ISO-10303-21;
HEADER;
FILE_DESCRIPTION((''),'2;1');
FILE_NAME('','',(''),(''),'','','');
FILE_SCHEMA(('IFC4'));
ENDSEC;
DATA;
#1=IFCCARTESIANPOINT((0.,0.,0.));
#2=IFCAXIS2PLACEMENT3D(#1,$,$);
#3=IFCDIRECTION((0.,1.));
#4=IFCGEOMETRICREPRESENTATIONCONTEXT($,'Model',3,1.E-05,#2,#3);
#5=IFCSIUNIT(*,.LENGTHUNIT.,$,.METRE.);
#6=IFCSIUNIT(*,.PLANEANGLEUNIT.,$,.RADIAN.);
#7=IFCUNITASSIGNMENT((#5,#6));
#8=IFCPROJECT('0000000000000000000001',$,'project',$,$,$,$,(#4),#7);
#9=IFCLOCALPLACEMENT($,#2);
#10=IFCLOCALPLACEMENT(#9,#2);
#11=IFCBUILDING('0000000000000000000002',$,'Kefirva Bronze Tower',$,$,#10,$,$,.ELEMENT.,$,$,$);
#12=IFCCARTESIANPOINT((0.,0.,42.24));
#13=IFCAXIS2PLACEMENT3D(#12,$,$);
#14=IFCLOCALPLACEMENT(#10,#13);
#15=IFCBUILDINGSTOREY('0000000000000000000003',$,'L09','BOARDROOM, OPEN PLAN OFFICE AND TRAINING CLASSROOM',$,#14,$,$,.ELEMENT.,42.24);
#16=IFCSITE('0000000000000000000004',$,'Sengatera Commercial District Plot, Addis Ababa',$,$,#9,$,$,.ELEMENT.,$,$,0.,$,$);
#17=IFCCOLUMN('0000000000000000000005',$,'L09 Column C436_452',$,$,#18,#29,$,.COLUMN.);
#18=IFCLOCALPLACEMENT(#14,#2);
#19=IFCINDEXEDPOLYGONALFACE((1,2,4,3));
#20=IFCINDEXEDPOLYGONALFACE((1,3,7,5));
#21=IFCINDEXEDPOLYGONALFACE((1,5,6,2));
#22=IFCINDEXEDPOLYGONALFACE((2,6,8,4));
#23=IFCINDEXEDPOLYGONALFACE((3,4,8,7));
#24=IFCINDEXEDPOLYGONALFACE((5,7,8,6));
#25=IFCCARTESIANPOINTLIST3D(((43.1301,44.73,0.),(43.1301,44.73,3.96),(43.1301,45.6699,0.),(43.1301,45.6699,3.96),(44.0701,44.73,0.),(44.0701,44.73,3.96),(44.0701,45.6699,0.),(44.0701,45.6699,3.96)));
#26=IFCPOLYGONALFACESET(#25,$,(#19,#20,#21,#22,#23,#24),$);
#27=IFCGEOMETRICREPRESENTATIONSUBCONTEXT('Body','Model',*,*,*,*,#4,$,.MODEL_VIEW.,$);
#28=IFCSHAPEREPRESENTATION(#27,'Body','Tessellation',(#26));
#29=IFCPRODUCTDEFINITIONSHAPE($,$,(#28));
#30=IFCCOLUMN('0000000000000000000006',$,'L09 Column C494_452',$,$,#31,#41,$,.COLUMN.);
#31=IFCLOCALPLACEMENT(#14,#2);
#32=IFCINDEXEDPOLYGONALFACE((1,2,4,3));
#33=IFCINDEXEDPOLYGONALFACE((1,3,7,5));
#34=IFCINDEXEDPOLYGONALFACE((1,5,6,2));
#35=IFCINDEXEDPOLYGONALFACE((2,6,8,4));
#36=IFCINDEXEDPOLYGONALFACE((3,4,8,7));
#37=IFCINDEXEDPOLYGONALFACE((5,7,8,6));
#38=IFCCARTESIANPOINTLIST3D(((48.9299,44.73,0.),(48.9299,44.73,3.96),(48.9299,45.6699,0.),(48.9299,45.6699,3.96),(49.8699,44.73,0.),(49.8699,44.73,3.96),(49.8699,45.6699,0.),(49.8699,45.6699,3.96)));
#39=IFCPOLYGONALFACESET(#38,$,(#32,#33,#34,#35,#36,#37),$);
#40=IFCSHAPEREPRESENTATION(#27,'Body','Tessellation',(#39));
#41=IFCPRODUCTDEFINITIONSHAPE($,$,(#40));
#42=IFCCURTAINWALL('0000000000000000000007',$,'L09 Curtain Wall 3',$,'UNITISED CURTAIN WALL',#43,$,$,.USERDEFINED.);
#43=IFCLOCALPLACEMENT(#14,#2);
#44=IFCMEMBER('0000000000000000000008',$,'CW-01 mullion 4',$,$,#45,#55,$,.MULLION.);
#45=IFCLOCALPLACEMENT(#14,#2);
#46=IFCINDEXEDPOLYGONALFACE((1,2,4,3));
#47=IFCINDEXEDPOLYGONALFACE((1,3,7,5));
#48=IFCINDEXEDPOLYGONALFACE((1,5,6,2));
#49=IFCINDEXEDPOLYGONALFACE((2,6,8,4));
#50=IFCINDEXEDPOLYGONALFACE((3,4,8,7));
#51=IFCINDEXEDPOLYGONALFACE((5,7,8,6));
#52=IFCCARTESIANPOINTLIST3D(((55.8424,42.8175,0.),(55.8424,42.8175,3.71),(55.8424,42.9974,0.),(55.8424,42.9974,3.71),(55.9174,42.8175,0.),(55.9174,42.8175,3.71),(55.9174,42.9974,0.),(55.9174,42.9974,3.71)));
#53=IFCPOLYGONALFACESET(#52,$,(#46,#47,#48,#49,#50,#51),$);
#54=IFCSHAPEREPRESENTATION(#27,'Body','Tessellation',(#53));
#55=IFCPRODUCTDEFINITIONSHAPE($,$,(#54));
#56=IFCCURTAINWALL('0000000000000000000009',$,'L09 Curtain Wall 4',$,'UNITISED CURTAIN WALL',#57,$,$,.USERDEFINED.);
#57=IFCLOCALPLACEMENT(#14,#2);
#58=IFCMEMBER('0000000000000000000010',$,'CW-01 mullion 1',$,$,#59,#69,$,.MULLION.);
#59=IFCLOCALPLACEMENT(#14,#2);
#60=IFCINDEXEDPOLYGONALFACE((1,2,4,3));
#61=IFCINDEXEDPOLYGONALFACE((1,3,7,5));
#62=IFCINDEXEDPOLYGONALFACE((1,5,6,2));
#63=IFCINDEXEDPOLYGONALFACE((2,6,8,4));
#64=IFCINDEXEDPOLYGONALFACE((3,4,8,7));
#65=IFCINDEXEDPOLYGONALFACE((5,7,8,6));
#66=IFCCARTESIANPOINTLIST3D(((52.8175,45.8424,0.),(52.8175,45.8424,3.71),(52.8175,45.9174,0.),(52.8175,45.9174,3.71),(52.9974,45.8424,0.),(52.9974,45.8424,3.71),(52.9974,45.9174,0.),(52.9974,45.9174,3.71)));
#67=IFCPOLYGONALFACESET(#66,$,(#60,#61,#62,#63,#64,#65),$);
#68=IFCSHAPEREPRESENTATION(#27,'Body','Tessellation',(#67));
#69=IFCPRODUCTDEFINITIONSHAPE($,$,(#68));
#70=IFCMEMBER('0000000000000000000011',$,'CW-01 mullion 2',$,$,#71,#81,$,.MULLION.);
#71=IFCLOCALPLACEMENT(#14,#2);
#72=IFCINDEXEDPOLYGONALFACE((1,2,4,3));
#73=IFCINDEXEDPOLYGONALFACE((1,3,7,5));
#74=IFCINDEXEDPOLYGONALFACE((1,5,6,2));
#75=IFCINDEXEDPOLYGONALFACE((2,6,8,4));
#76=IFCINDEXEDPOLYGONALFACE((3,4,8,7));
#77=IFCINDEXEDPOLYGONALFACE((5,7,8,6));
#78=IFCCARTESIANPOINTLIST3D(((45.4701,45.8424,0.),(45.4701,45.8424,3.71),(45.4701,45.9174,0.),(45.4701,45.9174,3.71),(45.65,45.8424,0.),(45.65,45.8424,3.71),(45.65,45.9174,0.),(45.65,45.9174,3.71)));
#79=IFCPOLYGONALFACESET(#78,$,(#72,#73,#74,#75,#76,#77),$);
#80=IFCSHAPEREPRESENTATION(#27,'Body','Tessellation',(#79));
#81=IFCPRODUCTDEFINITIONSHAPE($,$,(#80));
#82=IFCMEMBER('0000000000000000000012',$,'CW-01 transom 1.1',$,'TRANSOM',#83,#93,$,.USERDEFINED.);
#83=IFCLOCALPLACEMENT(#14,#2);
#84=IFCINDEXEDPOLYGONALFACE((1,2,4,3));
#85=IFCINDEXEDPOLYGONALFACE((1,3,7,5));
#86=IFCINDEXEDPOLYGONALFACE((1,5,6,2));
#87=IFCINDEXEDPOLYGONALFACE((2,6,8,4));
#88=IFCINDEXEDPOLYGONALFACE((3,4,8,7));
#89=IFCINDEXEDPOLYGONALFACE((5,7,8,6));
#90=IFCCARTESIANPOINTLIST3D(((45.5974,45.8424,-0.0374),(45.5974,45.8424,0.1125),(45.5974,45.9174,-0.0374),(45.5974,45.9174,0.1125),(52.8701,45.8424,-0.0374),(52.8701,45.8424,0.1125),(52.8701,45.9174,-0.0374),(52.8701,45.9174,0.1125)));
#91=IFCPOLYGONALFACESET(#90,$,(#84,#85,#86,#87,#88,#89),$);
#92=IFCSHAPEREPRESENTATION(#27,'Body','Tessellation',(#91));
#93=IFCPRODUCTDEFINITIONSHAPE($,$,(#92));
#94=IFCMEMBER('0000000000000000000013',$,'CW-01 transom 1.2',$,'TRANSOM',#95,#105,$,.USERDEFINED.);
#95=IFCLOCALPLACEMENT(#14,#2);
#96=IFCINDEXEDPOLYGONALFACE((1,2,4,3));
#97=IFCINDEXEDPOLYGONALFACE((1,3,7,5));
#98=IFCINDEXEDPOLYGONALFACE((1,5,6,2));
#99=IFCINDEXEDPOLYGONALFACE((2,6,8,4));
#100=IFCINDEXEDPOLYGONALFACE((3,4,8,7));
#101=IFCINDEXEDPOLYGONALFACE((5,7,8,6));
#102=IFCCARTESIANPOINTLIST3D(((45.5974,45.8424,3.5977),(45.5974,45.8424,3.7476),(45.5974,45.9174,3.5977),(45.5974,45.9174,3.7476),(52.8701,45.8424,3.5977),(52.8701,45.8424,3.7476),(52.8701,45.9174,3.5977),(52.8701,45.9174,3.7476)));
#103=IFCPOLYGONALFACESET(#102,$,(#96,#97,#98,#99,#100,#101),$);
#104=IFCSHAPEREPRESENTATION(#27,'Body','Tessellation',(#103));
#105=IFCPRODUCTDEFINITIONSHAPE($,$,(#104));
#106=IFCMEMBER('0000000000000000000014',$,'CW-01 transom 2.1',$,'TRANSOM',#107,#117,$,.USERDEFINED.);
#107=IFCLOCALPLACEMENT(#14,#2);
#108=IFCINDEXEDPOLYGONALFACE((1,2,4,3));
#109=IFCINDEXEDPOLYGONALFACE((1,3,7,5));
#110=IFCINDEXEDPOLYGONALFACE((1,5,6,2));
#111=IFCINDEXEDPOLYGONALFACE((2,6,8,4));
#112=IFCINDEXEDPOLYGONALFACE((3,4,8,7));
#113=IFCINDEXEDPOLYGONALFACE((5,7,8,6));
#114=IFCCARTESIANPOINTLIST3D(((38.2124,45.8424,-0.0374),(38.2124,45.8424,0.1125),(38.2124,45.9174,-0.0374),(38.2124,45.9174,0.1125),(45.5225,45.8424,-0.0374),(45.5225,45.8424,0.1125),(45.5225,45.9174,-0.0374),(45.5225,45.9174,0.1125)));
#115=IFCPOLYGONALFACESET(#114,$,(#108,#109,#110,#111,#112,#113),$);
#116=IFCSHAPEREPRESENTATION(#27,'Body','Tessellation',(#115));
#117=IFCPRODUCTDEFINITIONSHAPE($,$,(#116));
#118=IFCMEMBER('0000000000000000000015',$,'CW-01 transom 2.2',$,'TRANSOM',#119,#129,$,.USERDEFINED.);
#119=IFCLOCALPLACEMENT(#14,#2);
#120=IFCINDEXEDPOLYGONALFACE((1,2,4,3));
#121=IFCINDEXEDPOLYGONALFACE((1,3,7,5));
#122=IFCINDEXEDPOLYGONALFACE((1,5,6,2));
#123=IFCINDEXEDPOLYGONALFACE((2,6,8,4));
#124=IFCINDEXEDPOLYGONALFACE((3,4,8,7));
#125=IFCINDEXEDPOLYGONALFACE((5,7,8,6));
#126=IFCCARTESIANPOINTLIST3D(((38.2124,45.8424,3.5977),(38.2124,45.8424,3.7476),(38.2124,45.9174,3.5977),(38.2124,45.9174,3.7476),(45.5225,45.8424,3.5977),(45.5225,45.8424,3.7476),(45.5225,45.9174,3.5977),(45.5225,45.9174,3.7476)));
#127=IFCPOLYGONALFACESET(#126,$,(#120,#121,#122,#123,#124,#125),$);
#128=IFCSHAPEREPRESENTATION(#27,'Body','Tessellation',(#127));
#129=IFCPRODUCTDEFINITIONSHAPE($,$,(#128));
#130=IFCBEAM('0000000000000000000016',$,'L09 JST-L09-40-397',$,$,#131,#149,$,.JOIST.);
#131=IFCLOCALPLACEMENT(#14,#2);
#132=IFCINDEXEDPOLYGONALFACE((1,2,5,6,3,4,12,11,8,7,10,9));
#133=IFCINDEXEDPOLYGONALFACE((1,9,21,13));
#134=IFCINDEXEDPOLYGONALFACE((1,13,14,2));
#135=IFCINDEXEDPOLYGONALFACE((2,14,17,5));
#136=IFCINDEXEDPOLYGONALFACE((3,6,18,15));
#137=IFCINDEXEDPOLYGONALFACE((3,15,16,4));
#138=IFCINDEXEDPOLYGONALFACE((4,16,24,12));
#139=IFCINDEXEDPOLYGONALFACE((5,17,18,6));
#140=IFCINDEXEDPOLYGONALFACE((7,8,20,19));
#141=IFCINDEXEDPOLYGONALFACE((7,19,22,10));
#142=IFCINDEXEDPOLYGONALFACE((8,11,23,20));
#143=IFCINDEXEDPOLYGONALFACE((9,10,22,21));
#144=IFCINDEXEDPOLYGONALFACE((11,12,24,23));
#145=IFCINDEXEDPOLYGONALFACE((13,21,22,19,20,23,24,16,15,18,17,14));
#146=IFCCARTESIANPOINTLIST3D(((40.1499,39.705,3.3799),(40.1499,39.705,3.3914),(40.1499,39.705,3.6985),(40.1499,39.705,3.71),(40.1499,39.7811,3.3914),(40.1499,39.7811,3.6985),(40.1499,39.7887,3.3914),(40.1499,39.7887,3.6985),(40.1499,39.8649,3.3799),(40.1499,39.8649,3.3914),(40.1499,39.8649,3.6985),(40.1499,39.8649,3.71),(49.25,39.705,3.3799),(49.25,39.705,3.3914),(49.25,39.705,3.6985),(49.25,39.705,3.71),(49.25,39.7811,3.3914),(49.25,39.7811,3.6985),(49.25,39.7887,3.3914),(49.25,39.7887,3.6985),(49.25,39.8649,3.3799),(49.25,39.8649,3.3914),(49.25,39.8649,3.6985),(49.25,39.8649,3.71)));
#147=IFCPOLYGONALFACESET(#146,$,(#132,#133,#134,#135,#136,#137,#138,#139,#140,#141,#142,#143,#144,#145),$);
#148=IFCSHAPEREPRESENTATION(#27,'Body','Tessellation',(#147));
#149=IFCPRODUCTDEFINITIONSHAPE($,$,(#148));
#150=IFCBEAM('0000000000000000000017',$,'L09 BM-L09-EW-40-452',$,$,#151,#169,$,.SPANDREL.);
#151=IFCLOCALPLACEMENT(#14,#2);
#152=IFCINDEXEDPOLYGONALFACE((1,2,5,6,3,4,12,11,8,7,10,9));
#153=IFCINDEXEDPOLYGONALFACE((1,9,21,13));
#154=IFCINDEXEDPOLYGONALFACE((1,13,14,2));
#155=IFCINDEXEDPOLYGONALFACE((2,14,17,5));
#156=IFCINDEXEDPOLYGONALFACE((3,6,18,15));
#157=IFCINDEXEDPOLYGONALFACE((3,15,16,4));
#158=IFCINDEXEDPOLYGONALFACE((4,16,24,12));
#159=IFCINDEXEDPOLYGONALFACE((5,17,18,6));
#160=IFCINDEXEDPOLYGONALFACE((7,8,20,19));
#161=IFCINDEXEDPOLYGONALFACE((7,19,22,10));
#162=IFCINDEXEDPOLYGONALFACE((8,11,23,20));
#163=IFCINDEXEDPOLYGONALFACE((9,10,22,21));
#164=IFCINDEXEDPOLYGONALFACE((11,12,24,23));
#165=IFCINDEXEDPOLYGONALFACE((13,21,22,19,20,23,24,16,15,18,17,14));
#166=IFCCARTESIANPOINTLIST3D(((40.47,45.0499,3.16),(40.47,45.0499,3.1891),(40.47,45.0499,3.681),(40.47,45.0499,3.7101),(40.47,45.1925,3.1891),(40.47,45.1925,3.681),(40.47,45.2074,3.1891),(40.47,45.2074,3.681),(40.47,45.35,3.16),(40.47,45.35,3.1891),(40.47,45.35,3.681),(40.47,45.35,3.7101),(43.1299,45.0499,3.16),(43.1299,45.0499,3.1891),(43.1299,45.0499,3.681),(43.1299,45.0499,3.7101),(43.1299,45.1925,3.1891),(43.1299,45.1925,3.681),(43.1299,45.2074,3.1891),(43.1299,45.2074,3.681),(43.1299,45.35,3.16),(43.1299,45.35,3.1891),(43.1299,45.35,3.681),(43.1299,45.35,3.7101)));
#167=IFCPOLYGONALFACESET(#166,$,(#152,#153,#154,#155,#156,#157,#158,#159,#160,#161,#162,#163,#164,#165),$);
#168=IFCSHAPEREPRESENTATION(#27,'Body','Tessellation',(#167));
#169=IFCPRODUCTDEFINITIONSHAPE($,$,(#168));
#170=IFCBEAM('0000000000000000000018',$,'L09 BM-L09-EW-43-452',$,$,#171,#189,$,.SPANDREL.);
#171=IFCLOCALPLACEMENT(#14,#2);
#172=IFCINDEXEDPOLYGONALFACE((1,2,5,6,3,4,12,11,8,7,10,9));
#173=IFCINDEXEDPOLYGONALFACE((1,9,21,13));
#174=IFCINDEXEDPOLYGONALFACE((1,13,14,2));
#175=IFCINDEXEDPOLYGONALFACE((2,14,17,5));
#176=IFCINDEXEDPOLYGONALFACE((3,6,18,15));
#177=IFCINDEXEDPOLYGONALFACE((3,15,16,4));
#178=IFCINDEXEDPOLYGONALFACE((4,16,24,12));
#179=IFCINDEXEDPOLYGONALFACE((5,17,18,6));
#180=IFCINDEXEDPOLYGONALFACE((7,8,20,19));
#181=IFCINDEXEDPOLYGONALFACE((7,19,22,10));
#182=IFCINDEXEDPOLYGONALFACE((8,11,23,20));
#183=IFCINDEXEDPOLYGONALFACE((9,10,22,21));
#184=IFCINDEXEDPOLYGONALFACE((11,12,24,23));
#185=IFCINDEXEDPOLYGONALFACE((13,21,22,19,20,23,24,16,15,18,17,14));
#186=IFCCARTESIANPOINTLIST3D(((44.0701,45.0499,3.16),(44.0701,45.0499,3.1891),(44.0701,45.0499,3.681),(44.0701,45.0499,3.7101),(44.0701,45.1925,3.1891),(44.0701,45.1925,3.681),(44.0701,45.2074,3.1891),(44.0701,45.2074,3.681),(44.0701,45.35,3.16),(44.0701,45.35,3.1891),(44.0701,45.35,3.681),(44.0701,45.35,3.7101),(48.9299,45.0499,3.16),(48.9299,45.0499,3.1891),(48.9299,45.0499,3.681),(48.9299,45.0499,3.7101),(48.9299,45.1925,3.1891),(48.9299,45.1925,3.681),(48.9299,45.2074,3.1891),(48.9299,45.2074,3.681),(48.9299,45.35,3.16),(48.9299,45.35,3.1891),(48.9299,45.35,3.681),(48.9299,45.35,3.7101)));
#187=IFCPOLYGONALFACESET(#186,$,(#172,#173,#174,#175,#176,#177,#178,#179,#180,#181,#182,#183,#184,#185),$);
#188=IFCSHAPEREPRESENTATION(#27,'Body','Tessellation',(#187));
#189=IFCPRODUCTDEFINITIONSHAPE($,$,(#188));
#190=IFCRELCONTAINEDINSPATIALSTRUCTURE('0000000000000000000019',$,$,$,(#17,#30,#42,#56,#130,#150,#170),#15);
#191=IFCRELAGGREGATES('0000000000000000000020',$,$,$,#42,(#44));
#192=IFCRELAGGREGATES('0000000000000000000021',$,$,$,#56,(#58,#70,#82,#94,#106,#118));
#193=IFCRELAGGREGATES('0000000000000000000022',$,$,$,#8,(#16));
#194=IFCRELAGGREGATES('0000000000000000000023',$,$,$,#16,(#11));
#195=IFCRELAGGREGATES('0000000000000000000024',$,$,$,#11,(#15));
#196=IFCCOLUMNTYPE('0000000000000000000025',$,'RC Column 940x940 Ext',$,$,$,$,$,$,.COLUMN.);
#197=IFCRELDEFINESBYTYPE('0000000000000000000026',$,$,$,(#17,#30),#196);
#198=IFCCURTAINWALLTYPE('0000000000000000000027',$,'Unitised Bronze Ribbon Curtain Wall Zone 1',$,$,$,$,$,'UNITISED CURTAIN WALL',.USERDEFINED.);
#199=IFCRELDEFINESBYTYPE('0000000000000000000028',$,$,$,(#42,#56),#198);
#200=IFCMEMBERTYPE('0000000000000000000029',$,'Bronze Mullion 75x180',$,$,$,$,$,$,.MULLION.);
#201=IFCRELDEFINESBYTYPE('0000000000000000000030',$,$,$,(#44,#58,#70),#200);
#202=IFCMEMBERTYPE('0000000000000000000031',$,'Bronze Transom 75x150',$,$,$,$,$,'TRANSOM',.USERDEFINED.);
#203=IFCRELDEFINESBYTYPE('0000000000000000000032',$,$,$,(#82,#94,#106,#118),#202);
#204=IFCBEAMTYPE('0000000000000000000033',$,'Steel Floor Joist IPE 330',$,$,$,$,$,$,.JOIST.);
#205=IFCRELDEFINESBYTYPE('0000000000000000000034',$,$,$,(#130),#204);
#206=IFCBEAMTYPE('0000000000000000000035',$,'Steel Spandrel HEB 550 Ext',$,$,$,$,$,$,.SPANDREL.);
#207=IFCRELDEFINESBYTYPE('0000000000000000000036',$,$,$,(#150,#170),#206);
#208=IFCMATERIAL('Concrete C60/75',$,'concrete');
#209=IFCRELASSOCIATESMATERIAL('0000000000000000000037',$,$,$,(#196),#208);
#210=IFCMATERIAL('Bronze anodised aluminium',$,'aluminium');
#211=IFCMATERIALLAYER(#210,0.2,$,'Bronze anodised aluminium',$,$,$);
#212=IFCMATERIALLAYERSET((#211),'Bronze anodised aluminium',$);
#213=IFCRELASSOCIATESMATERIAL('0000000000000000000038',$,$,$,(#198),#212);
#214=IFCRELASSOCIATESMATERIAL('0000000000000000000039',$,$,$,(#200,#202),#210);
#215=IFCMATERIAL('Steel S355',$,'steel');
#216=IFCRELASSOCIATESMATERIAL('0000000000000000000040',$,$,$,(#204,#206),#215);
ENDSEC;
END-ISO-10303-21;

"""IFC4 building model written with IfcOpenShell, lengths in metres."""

from ifc_helpers import new_model, si_unit, direction, frame, origin, origin_2d, place, context, subcontext, project, spatial, rectangle, i_section, extrude, material, layer, layer_set, material_profile, profile_set, type_object, element, aggregate, save


model = new_model("IFC4")

# Units and contexts
model_context = context("Model", 3, precision=1e-05, world=origin(), true_north=direction((0.0, 1.0)))
body_context = subcontext(model_context, "Body", "Model", "MODEL_VIEW")
ifc_project = project(units=[si_unit("LENGTHUNIT", "METRE"), si_unit("PLANEANGLEUNIT", "RADIAN")], contexts=[model_context])

# Site, building, storey
site_placement = place(None, origin())
site = spatial("IfcSite", under=ifc_project, at=site_placement, Name="Sengatera Commercial District Plot, Addis Ababa", CompositionType="ELEMENT", RefElevation=0.0)
building_placement = place(site_placement, origin())
building = spatial("IfcBuilding", under=site, at=building_placement, Name="Kefirva Bronze Tower", CompositionType="ELEMENT")
storey_placement = place(building_placement, frame((0.0, 0.0, 42.24)))
storey = spatial("IfcBuildingStorey", under=building, at=storey_placement, Name="L09", Description="BOARDROOM, OPEN PLAN OFFICE AND TRAINING CLASSROOM", CompositionType="ELEMENT", Elevation=42.24)

# Columns
ifc_material_1 = material(Name="Concrete C60/75", Category="concrete")
ifc_material_profile_1 = material_profile(ifc_material_1, rectangle(XDim=0.9399, YDim=0.9399, at=origin_2d()), Name="RC 940x940")
ifc_profile_set_1 = profile_set([ifc_material_profile_1], Name="Concrete C60/75")
column_type = type_object("IfcColumnType", Name="RC Column 940x940 Ext", PredefinedType="COLUMN", material=ifc_profile_set_1)
for number, where, z_axis, x_axis, name in (
    (1, (43.6001, 45.2, 0.0), (0.0, 0.0, 1.0), (1.0, 0.0, 0.0), "L09 Column C436_452"),
    (2, (49.3999, 45.2, 0.0), (0.0, 0.0, 1.0), (1.0, 0.0, 0.0), "L09 Column C494_452"),
):
    element("IfcColumn", number, at=place(storey_placement, frame(where, z_axis=z_axis, x_axis=x_axis)), inside=storey, type_object=column_type, Name=name, PredefinedType="COLUMN", context=body_context, shape_type="SweptSolid", body=[
        extrude(rectangle(XDim=0.9399, YDim=0.9399, at=origin_2d()), origin(), (0.0, 0.0, 1.0), 3.96),
    ])

# Curtain wall, member
ifc_material_2 = material(Name="Bronze anodised aluminium", Category="aluminium")
ifc_layer_1 = layer(ifc_material_2, 0.2, Name="Bronze anodised aluminium")
ifc_layer_set_1 = layer_set([ifc_layer_1], Name="Bronze anodised aluminium")
curtain_wall_type = type_object("IfcCurtainWallType", Name="Unitised Bronze Ribbon Curtain Wall Zone 1", ElementType="UNITISED CURTAIN WALL", PredefinedType="USERDEFINED", material=ifc_layer_set_1)
curtain_wall_1_placement = place(storey_placement, origin())
curtain_wall_1 = element("IfcCurtainWall", 3, at=curtain_wall_1_placement, inside=storey, type_object=curtain_wall_type, Name="L09 Curtain Wall 3", ObjectType="UNITISED CURTAIN WALL", PredefinedType="USERDEFINED")
ifc_material_profile_2 = material_profile(ifc_material_2, rectangle(XDim=0.075, YDim=0.1799, at=origin_2d()), Name="ALU 75x180")
ifc_profile_set_2 = profile_set([ifc_material_profile_2], Name="Bronze anodised aluminium")
member_type_1 = type_object("IfcMemberType", Name="Bronze Mullion 75x180", PredefinedType="MULLION", material=ifc_profile_set_2)
member_1_placement = place(storey_placement, frame((55.8799, 42.9075, 0.0), z_axis=(0.0, 0.0, 1.0), x_axis=(-1.0, 0.0, 0.0)))
member_1 = element("IfcMember", 4, at=member_1_placement, type_object=member_type_1, Name="CW-01 mullion 4", PredefinedType="MULLION", context=body_context, shape_type="SweptSolid", body=[
    extrude(rectangle(XDim=0.075, YDim=0.1799, at=origin_2d()), origin(), (0.0, 0.0, 1.0), 3.71),
])

# Curtain wall, members
curtain_wall_2_placement = place(storey_placement, origin())
curtain_wall_2 = element("IfcCurtainWall", 5, at=curtain_wall_2_placement, inside=storey, type_object=curtain_wall_type, Name="L09 Curtain Wall 4", ObjectType="UNITISED CURTAIN WALL", PredefinedType="USERDEFINED")
member_2_placement = place(storey_placement, frame((52.9075, 45.8799, 0.0), z_axis=(0.0, 0.0, 1.0), x_axis=(0.0, -1.0, 0.0)))
member_2 = element("IfcMember", 6, at=member_2_placement, type_object=member_type_1, Name="CW-01 mullion 1", PredefinedType="MULLION", context=body_context, shape_type="SweptSolid", body=[
    extrude(rectangle(XDim=0.075, YDim=0.1799, at=origin_2d()), origin(), (0.0, 0.0, 1.0), 3.71),
])
member_3_placement = place(storey_placement, frame((45.5601, 45.8799, 0.0), z_axis=(0.0, 0.0, 1.0), x_axis=(0.0, -1.0, 0.0)))
member_3 = element("IfcMember", 7, at=member_3_placement, type_object=member_type_1, Name="CW-01 mullion 2", PredefinedType="MULLION", context=body_context, shape_type="SweptSolid", body=[
    extrude(rectangle(XDim=0.075, YDim=0.1799, at=origin_2d()), origin(), (0.0, 0.0, 1.0), 3.71),
])
ifc_material_profile_3 = material_profile(ifc_material_2, rectangle(XDim=0.075, YDim=0.1499, at=origin_2d()), Name="ALU 75x150")
ifc_profile_set_3 = profile_set([ifc_material_profile_3], Name="Bronze anodised aluminium")
member_type_2 = type_object("IfcMemberType", Name="Bronze Transom 75x150", ElementType="TRANSOM", PredefinedType="USERDEFINED", material=ifc_profile_set_3)
member_4_placement = place(storey_placement, frame((52.8701, 45.8799, 0.0376), z_axis=(-1.0, 0.0, 0.0), x_axis=(0.0, -1.0, 0.0)))
member_4 = element("IfcMember", 8, at=member_4_placement, type_object=member_type_2, Name="CW-01 transom 1.1", ObjectType="TRANSOM", PredefinedType="USERDEFINED", context=body_context, shape_type="SweptSolid", body=[
    extrude(rectangle(XDim=0.075, YDim=0.1499, at=origin_2d()), origin(), (0.0, 0.0, 1.0), 7.2727),
])
member_5_placement = place(storey_placement, frame((52.8701, 45.8799, 3.6726), z_axis=(-1.0, 0.0, 0.0), x_axis=(0.0, -1.0, 0.0)))
member_5 = element("IfcMember", 9, at=member_5_placement, type_object=member_type_2, Name="CW-01 transom 1.2", ObjectType="TRANSOM", PredefinedType="USERDEFINED", context=body_context, shape_type="SweptSolid", body=[
    extrude(rectangle(XDim=0.075, YDim=0.1499, at=origin_2d()), origin(), (0.0, 0.0, 1.0), 7.2727),
])
member_6_placement = place(storey_placement, frame((45.5225, 45.8799, 0.0376), z_axis=(-1.0, 0.0, 0.0), x_axis=(0.0, -1.0, 0.0)))
member_6 = element("IfcMember", 10, at=member_6_placement, type_object=member_type_2, Name="CW-01 transom 2.1", ObjectType="TRANSOM", PredefinedType="USERDEFINED", context=body_context, shape_type="SweptSolid", body=[
    extrude(rectangle(XDim=0.075, YDim=0.1499, at=origin_2d()), origin(), (0.0, 0.0, 1.0), 7.3101),
])
member_7_placement = place(storey_placement, frame((45.5225, 45.8799, 3.6726), z_axis=(-1.0, 0.0, 0.0), x_axis=(0.0, -1.0, 0.0)))
member_7 = element("IfcMember", 11, at=member_7_placement, type_object=member_type_2, Name="CW-01 transom 2.2", ObjectType="TRANSOM", PredefinedType="USERDEFINED", context=body_context, shape_type="SweptSolid", body=[
    extrude(rectangle(XDim=0.075, YDim=0.1499, at=origin_2d()), origin(), (0.0, 0.0, 1.0), 7.3101),
])

# Beams
ifc_material_3 = material(Name="Steel S355", Category="steel")
ifc_material_profile_4 = material_profile(ifc_material_3, i_section(OverallWidth=0.1599, OverallDepth=0.3301, WebThickness=0.0076, FlangeThickness=0.0115, at=origin_2d()), Name="IPE 330")
ifc_profile_set_4 = profile_set([ifc_material_profile_4], Name="Steel S355")
beam_type_1 = type_object("IfcBeamType", Name="Steel Floor Joist IPE 330", PredefinedType="JOIST", material=ifc_profile_set_4)
beam_1_placement = place(storey_placement, frame((40.1499, 39.7849, 3.5449), z_axis=(1.0, 0.0, 0.0), x_axis=(0.0, 1.0, 0.0)))
element("IfcBeam", 12, at=beam_1_placement, inside=storey, type_object=beam_type_1, Name="L09 JST-L09-40-397", PredefinedType="JOIST", context=body_context, shape_type="SweptSolid", body=[
    extrude(i_section(OverallWidth=0.1599, OverallDepth=0.3301, WebThickness=0.0076, FlangeThickness=0.0115, at=origin_2d()), origin(), (0.0, 0.0, 1.0), 9.1001),
])
ifc_material_profile_5 = material_profile(ifc_material_3, i_section(OverallWidth=0.3, OverallDepth=0.55, WebThickness=0.0149, FlangeThickness=0.0291, at=origin_2d()), Name="HEB 550")
ifc_profile_set_5 = profile_set([ifc_material_profile_5], Name="Steel S355")
beam_type_2 = type_object("IfcBeamType", Name="Steel Spandrel HEB 550 Ext", PredefinedType="SPANDREL", material=ifc_profile_set_5)
beam_2_placement = place(storey_placement, frame((40.47, 45.2, 3.4351), z_axis=(1.0, 0.0, 0.0), x_axis=(0.0, 1.0, 0.0)))
element("IfcBeam", 13, at=beam_2_placement, inside=storey, type_object=beam_type_2, Name="L09 BM-L09-EW-40-452", PredefinedType="SPANDREL", context=body_context, shape_type="SweptSolid", body=[
    extrude(i_section(OverallWidth=0.3, OverallDepth=0.55, WebThickness=0.0149, FlangeThickness=0.0291, at=origin_2d()), origin(), (0.0, 0.0, 1.0), 2.6599),
])
beam_3_placement = place(storey_placement, frame((44.0701, 45.2, 3.4351), z_axis=(1.0, 0.0, 0.0), x_axis=(0.0, 1.0, 0.0)))
element("IfcBeam", 14, at=beam_3_placement, inside=storey, type_object=beam_type_2, Name="L09 BM-L09-EW-43-452", PredefinedType="SPANDREL", context=body_context, shape_type="SweptSolid", body=[
    extrude(i_section(OverallWidth=0.3, OverallDepth=0.55, WebThickness=0.0149, FlangeThickness=0.0291, at=origin_2d()), origin(), (0.0, 0.0, 1.0), 4.8599),
])

aggregate(curtain_wall_1, [member_1])
aggregate(curtain_wall_2, [member_2, member_3, member_4, member_5, member_6, member_7])

save(model, "model.ifc")
